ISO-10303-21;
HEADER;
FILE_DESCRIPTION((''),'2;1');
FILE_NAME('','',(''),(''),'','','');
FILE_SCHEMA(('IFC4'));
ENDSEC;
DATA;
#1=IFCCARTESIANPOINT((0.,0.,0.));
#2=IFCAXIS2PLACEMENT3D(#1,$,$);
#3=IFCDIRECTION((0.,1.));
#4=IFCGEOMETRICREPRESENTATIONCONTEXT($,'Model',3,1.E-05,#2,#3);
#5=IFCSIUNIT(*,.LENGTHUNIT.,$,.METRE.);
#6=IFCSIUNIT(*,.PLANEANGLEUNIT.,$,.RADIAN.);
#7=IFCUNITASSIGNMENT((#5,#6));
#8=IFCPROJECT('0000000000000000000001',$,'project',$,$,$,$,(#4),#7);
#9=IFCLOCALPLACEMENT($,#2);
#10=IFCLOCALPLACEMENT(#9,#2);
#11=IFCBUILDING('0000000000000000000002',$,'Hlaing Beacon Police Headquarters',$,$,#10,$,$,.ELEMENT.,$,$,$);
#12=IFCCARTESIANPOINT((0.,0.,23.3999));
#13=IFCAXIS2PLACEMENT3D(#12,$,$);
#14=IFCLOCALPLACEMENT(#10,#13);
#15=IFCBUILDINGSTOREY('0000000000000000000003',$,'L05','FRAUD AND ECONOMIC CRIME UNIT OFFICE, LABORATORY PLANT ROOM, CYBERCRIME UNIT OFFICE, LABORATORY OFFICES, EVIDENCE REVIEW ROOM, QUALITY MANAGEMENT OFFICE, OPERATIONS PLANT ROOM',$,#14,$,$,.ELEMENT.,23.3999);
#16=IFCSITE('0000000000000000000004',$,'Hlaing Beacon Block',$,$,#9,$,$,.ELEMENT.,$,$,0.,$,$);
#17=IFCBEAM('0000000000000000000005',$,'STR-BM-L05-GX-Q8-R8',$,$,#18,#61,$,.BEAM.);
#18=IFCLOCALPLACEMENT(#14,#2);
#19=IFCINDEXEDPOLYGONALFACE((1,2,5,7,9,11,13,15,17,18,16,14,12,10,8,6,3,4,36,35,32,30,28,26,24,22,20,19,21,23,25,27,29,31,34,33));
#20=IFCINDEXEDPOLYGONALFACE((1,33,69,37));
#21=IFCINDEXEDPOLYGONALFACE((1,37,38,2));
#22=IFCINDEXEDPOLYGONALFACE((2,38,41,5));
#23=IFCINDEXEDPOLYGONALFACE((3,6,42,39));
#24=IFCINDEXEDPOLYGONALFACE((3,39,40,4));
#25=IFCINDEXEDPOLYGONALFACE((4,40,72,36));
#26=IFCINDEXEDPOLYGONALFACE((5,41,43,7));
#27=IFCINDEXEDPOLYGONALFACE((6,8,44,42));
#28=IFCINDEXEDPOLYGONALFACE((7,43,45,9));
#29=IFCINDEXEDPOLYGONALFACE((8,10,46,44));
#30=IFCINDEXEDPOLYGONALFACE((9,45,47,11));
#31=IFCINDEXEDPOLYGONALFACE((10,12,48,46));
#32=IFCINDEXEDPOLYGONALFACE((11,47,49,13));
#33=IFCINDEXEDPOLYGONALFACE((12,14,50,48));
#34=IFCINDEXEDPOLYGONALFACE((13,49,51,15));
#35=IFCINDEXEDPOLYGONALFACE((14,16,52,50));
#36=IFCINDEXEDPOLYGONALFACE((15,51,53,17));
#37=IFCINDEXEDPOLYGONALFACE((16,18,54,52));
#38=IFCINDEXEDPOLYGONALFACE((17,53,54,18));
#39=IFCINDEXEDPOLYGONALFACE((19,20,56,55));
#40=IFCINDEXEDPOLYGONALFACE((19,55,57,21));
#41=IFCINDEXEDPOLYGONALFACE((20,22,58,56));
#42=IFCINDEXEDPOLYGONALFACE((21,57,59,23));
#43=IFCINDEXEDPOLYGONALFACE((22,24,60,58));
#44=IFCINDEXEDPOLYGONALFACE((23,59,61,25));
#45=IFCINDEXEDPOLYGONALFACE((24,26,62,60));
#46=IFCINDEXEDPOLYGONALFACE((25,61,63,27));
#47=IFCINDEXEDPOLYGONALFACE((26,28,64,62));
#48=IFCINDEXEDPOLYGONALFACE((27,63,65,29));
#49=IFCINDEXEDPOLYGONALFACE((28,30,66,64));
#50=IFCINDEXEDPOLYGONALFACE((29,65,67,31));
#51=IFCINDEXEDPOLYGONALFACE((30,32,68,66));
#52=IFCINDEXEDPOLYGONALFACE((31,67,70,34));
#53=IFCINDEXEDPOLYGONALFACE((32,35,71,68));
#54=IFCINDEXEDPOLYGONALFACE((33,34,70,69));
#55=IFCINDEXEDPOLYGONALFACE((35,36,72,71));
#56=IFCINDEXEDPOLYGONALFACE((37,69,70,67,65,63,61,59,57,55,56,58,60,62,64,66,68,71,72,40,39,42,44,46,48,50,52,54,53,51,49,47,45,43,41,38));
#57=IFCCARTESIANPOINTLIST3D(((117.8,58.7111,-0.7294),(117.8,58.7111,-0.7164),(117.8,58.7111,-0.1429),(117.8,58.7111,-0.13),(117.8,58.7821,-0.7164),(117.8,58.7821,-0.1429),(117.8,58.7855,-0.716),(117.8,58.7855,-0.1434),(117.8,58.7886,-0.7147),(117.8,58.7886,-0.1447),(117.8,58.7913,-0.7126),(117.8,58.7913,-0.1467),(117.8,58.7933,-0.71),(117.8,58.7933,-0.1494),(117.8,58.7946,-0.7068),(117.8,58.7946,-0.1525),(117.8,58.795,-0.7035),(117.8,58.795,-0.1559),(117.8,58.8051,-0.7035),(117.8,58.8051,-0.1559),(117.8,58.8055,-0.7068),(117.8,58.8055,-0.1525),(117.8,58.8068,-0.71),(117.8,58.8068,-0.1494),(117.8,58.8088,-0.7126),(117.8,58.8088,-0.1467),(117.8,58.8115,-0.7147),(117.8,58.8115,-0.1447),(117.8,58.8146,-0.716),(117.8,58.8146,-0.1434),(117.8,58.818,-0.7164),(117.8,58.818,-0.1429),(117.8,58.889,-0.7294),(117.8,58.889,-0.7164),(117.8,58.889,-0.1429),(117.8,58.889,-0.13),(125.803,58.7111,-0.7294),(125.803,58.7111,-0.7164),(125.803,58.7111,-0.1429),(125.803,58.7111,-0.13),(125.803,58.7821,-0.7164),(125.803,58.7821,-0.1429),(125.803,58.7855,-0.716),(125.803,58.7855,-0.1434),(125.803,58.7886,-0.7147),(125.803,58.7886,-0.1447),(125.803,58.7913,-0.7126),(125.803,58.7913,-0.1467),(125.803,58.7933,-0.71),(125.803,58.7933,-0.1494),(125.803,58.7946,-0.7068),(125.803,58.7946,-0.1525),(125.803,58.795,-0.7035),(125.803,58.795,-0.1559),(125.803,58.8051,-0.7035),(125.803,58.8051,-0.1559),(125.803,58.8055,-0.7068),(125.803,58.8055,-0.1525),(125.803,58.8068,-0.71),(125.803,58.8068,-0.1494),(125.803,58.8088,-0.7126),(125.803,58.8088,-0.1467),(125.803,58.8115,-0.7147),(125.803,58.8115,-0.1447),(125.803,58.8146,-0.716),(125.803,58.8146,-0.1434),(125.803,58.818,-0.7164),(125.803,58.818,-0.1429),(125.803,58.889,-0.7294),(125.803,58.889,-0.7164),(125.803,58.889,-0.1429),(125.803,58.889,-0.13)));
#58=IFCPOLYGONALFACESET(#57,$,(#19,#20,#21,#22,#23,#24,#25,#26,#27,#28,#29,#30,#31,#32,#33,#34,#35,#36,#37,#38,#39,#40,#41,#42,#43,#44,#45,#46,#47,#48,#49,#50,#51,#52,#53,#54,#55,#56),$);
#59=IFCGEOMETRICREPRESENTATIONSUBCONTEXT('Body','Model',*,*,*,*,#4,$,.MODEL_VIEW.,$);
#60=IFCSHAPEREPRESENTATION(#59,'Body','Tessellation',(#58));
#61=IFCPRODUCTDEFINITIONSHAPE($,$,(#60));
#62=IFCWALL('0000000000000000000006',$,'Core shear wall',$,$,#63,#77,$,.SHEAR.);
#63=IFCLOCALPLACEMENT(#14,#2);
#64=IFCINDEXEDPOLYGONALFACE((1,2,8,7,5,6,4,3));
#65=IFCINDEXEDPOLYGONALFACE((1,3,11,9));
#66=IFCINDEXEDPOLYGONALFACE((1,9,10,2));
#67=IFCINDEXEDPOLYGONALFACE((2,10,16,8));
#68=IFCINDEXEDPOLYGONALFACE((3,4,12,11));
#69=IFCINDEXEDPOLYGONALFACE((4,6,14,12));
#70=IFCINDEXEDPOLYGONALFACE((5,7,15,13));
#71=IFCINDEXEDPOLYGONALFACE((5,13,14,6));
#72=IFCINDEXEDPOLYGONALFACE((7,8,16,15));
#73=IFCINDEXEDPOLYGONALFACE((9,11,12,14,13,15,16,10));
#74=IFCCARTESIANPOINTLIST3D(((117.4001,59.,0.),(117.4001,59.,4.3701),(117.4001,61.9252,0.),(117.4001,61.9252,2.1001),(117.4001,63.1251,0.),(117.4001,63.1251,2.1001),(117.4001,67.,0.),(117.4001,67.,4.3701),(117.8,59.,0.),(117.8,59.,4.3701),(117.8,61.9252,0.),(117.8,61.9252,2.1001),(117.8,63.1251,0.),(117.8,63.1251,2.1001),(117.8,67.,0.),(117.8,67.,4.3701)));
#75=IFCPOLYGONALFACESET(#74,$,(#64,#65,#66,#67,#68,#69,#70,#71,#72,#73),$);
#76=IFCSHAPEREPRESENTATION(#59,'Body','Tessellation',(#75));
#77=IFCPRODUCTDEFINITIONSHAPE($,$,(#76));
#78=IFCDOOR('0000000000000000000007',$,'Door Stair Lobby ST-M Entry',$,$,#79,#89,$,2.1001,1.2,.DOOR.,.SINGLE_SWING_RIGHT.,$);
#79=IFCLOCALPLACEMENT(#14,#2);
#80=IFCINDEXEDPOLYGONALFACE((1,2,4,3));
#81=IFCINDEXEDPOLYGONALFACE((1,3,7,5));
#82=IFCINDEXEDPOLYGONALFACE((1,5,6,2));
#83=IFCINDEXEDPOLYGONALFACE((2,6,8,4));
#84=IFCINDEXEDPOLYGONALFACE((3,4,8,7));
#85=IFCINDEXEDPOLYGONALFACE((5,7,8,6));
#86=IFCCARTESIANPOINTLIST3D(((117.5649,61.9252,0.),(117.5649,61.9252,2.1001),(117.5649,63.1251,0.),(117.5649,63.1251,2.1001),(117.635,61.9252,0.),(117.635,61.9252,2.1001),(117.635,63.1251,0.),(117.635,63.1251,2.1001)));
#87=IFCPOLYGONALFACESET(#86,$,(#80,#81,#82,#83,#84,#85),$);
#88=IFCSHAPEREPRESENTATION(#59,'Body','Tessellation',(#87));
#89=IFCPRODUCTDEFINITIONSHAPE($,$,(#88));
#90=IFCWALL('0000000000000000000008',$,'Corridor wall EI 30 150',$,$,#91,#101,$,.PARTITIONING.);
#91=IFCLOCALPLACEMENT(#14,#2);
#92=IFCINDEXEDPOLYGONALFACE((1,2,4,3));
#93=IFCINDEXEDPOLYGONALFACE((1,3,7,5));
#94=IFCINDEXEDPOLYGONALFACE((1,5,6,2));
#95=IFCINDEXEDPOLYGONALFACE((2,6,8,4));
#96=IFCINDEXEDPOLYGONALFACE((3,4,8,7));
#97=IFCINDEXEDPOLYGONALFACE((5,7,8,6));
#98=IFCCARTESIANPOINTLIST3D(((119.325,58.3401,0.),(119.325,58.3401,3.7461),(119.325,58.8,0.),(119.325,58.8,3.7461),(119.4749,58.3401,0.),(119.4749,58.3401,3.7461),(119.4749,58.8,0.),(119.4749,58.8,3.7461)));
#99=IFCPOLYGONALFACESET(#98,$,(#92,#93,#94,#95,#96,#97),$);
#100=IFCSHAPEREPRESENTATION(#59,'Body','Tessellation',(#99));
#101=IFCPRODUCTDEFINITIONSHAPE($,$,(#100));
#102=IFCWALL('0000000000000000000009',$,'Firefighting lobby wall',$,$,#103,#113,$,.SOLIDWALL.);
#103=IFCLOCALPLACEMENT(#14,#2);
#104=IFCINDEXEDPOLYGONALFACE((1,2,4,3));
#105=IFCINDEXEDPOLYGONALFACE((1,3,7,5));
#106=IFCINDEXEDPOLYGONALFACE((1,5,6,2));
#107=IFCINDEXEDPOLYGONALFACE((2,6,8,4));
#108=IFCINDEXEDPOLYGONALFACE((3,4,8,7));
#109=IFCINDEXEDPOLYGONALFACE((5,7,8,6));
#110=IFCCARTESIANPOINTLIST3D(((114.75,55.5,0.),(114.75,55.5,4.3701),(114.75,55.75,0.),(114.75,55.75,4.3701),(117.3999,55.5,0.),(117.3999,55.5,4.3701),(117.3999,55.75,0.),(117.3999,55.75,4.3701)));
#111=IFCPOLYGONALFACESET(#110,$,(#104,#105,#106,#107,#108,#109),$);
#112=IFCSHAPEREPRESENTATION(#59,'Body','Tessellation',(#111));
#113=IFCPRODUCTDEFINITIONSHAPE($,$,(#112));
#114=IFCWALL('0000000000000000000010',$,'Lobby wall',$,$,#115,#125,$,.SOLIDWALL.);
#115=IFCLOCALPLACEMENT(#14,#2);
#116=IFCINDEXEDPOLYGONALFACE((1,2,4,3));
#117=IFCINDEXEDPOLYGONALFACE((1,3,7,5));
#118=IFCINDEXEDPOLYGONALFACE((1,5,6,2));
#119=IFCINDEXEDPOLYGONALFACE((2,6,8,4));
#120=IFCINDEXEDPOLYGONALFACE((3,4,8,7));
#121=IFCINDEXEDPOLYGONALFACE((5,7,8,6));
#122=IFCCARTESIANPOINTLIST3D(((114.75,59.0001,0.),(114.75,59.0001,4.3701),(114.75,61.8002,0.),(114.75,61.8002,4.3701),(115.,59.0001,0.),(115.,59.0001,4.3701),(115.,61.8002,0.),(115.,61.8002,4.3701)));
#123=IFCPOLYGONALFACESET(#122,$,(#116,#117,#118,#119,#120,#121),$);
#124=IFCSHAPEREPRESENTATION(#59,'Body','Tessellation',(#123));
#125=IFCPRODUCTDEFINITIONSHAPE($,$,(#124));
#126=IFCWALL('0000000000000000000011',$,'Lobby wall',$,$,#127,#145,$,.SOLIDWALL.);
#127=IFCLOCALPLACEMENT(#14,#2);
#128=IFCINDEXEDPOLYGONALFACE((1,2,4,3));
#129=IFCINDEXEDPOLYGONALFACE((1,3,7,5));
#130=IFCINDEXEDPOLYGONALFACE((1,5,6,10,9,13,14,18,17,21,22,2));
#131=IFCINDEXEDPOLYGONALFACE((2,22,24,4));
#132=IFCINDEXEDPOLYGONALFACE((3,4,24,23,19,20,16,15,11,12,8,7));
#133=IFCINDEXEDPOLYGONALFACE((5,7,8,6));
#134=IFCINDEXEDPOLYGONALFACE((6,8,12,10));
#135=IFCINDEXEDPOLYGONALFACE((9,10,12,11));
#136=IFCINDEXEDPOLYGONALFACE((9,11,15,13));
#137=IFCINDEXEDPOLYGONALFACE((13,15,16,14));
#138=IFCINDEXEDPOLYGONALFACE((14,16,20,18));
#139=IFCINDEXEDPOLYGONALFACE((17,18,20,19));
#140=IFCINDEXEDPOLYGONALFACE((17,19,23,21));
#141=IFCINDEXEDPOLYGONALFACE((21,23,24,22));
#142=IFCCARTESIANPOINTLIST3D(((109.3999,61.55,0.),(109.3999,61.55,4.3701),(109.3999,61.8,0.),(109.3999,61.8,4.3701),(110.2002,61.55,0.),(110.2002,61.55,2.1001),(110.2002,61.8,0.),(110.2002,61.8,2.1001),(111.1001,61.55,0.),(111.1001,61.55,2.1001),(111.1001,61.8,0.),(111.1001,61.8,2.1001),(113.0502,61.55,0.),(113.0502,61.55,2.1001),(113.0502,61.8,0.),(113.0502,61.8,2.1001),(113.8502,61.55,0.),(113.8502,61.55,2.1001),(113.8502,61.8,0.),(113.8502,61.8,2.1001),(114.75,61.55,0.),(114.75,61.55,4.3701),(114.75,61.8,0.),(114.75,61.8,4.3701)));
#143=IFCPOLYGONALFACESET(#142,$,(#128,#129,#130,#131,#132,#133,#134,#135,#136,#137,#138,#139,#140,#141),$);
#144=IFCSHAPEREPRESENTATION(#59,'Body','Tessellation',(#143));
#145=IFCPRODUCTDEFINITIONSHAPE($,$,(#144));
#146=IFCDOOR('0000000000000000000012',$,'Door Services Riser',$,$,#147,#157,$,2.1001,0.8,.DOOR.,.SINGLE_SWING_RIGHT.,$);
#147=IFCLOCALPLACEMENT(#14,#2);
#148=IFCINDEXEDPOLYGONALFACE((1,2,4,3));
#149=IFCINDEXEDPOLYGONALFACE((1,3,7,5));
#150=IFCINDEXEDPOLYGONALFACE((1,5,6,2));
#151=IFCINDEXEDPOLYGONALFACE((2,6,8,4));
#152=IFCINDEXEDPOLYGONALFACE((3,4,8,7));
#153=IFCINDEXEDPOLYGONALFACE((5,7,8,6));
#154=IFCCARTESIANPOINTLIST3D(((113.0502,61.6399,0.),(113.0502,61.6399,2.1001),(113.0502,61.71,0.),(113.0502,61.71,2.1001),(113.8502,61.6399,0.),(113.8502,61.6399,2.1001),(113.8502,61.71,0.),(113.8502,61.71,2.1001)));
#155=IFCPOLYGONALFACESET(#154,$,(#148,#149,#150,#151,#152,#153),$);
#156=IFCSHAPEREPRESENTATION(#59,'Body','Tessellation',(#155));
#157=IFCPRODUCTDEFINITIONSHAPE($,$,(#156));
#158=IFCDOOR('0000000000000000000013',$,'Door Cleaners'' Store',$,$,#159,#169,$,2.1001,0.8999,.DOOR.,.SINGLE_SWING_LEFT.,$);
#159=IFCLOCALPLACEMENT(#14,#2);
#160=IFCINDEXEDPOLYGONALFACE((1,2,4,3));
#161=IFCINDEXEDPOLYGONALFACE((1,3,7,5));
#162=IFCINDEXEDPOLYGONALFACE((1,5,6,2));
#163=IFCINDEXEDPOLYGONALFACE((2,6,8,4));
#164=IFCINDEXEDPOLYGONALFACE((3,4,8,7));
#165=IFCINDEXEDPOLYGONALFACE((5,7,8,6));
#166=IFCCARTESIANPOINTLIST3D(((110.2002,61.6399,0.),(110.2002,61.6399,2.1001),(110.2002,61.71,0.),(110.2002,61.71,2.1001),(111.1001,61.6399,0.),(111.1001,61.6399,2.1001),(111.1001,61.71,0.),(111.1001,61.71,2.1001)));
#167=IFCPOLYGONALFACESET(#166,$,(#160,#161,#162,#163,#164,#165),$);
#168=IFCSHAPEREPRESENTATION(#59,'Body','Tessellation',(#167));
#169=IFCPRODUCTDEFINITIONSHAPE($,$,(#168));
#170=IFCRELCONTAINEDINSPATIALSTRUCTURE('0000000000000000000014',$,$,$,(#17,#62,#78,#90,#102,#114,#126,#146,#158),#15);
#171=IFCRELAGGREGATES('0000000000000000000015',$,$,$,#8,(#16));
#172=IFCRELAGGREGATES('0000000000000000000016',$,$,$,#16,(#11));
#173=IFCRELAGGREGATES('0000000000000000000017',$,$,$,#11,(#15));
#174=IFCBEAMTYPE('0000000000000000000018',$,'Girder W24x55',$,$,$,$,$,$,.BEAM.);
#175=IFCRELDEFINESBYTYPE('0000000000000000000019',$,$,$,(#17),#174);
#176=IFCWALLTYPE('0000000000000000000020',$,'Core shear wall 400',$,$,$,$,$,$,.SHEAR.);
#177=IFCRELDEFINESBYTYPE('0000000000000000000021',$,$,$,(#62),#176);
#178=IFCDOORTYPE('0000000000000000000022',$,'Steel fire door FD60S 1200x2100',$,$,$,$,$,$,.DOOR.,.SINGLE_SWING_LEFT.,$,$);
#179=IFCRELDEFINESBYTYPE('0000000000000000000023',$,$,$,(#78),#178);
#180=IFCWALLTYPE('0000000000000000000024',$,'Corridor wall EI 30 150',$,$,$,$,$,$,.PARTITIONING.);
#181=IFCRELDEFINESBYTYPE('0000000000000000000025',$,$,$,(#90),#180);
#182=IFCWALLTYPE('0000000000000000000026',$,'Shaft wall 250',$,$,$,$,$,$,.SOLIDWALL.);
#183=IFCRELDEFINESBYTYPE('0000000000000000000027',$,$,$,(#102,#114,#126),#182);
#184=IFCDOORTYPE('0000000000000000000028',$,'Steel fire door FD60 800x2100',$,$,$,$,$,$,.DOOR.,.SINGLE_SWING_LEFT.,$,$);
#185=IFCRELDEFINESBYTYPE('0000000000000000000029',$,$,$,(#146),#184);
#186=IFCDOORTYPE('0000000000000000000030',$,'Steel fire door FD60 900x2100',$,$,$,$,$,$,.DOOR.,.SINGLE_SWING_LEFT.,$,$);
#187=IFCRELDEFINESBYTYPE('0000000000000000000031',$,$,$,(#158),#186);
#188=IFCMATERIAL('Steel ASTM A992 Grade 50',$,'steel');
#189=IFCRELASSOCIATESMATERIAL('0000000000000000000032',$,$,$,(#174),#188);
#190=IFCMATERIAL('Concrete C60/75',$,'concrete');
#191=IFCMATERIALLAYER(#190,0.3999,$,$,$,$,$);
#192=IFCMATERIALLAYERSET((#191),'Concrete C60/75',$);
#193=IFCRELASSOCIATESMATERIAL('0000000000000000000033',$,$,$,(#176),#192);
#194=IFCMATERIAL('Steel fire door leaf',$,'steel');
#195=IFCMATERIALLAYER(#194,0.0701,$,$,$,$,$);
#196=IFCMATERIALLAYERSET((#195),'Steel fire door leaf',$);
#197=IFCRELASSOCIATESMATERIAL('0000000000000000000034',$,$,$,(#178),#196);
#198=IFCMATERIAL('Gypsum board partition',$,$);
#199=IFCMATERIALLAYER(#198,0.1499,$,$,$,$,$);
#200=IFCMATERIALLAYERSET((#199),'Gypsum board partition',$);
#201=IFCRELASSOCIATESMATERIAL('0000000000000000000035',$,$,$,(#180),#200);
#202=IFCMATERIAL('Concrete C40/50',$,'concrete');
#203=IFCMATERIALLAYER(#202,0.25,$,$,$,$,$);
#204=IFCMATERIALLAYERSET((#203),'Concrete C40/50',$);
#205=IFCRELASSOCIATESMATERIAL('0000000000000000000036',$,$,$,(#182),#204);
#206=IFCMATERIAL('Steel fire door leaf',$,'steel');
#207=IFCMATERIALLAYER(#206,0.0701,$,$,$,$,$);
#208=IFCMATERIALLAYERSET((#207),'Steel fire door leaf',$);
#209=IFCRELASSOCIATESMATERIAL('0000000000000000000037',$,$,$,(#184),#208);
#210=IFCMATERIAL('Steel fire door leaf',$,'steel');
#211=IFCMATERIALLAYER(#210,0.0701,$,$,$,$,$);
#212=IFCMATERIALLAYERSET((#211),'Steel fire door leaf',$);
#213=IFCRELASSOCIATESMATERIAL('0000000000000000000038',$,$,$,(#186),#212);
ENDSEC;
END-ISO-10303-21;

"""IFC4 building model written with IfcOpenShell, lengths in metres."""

from ifc_helpers import new_model, si_unit, direction, frame, frame_2d, origin, origin_2d, place, context, subcontext, project, spatial, rectangle, i_section, extrude, material, layer, layer_set, material_profile, profile_set, type_object, element, fill, save


model = new_model("IFC4")

# Units and contexts
model_context = context("Model", 3, precision=1e-05, world=origin(), true_north=direction((0.0, 1.0)))
body_context = subcontext(model_context, "Body", "Model", "MODEL_VIEW")
ifc_project = project(units=[si_unit("LENGTHUNIT", "METRE"), si_unit("PLANEANGLEUNIT", "RADIAN")], contexts=[model_context])

# Site, building, storey
site_placement = place(None, origin())
site = spatial("IfcSite", under=ifc_project, at=site_placement, Name="Hlaing Beacon Block", CompositionType="ELEMENT", RefElevation=0.0)
building_placement = place(site_placement, origin())
building = spatial("IfcBuilding", under=site, at=building_placement, Name="Hlaing Beacon Police Headquarters", CompositionType="ELEMENT")
storey_placement = place(building_placement, frame((0.0, 0.0, 23.3999)))
storey = spatial("IfcBuildingStorey", under=building, at=storey_placement, Name="L05", Description="FRAUD AND ECONOMIC CRIME UNIT OFFICE, LABORATORY PLANT ROOM, CYBERCRIME UNIT OFFICE, LABORATORY OFFICES, EVIDENCE REVIEW ROOM, QUALITY MANAGEMENT OFFICE, OPERATIONS PLANT ROOM", CompositionType="ELEMENT", Elevation=23.3999)

# Beam
ifc_material_1 = material(Name="Steel ASTM A992 Grade 50", Category="steel")
ifc_material_profile = material_profile(ifc_material_1, i_section(OverallWidth=0.178, OverallDepth=0.5994, WebThickness=0.01, FlangeThickness=0.0129, FilletRadius=0.0129, at=origin_2d()), Name="W24x55")
ifc_profile_set = profile_set([ifc_material_profile], Name="Steel ASTM A992 Grade 50")
beam_type = type_object("IfcBeamType", Name="Girder W24x55", PredefinedType="BEAM", material=ifc_profile_set)
beam_placement = place(storey_placement, frame((117.8, 58.8, -0.4297), z_axis=(1.0, 0.0, 0.0), x_axis=(0.0, 1.0, 0.0)))
element("IfcBeam", 1, at=beam_placement, inside=storey, type_object=beam_type, Name="STR-BM-L05-GX-Q8-R8", PredefinedType="BEAM", context=body_context, shape_type="SweptSolid", body=[
    extrude(i_section(OverallWidth=0.178, OverallDepth=0.5994, WebThickness=0.01, FlangeThickness=0.0129, FilletRadius=0.0129, at=origin_2d()), origin(), (0.0, 0.0, 1.0), 8.0029),
])

# Wall, opening, door
ifc_material_2 = material(Name="Concrete C60/75", Category="concrete")
ifc_layer_1 = layer(ifc_material_2, 0.3999)
ifc_layer_set_1 = layer_set([ifc_layer_1], Name="Concrete C60/75")
wall_type_1 = type_object("IfcWallType", Name="Core shear wall 400", PredefinedType="SHEAR", material=ifc_layer_set_1)
wall_1_placement = place(storey_placement, frame((117.6001, 59.0, 0.0), z_axis=(0.0, 0.0, 1.0), x_axis=(0.0, 1.0, 0.0)))
wall_1 = element("IfcWall", 2, at=wall_1_placement, inside=storey, type_object=wall_type_1, Name="Core shear wall", PredefinedType="SHEAR", context=body_context, shape_type="SweptSolid", body=[
    extrude(rectangle(XDim=8.0, YDim=0.3999, at=frame_2d((4.0, 0.0))), origin(), (0.0, 0.0, 1.0), 4.3701),
])
opening_1_placement = place(wall_1_placement, frame((2.925, 0.0, 0.0)))
opening_1 = element("IfcOpeningElement", 3, at=opening_1_placement, cuts=wall_1, PredefinedType="OPENING", context=body_context, shape_type="SweptSolid", body=[
    extrude(rectangle(XDim=1.2, YDim=2.1001, at=frame_2d((0.6001, 1.05))), frame((0.0, 0.21, 0.0), z_axis=(0.0, -1.0, 0.0), x_axis=(1.0, 0.0, 0.0)), (0.0, 0.0, 1.0), 0.4199),
])
ifc_material_3 = material(Name="Steel fire door leaf", Category="steel")
ifc_layer_2 = layer(ifc_material_3, 0.0701)
ifc_layer_set_2 = layer_set([ifc_layer_2], Name="Steel fire door leaf")
door_type_1 = type_object("IfcDoorType", Name="Steel fire door FD60S 1200x2100", OperationType="SINGLE_SWING_LEFT", PredefinedType="DOOR", material=ifc_layer_set_2)
door_1_placement = place(opening_1_placement, origin())
door_1 = element("IfcDoor", 4, at=door_1_placement, inside=storey, type_object=door_type_1, Name="Door Stair Lobby ST-M Entry", OperationType="SINGLE_SWING_RIGHT", OverallHeight=2.1001, OverallWidth=1.2, PredefinedType="DOOR", context=body_context, shape_type="SweptSolid", body=[
    extrude(rectangle(XDim=1.2, YDim=2.1001, at=frame_2d((0.6001, 1.05))), frame((0.0, 0.0352, 0.0), z_axis=(0.0, -1.0, 0.0), x_axis=(1.0, 0.0, 0.0)), (0.0, 0.0, 1.0), 0.0701),
])
fill(opening_1, door_1)

# Walls
ifc_material_4 = material(Name="Gypsum board partition")
ifc_layer_3 = layer(ifc_material_4, 0.1499)
ifc_layer_set_3 = layer_set([ifc_layer_3], Name="Gypsum board partition")
wall_type_2 = type_object("IfcWallType", Name="Corridor wall EI 30 150", PredefinedType="PARTITIONING", material=ifc_layer_set_3)
wall_2_placement = place(storey_placement, frame((119.3999, 58.3401, 0.0), z_axis=(0.0, 0.0, 1.0), x_axis=(0.0, 1.0, 0.0)))
element("IfcWall", 5, at=wall_2_placement, inside=storey, type_object=wall_type_2, Name="Corridor wall EI 30 150", PredefinedType="PARTITIONING", context=body_context, shape_type="SweptSolid", body=[
    extrude(rectangle(XDim=0.46, YDim=0.1499, at=frame_2d((0.23, 0.0))), origin(), (0.0, 0.0, 1.0), 3.7461),
])
ifc_material_5 = material(Name="Concrete C40/50", Category="concrete")
ifc_layer_4 = layer(ifc_material_5, 0.25)
ifc_layer_set_4 = layer_set([ifc_layer_4], Name="Concrete C40/50")
wall_type_3 = type_object("IfcWallType", Name="Shaft wall 250", PredefinedType="SOLIDWALL", material=ifc_layer_set_4)
wall_3_placement = place(storey_placement, frame((114.75, 55.625, 0.0), z_axis=(0.0, 0.0, 1.0), x_axis=(1.0, 0.0, 0.0)))
element("IfcWall", 6, at=wall_3_placement, inside=storey, type_object=wall_type_3, Name="Firefighting lobby wall", PredefinedType="SOLIDWALL", context=body_context, shape_type="SweptSolid", body=[
    extrude(rectangle(XDim=2.6499, YDim=0.25, at=frame_2d((1.325, 0.0))), origin(), (0.0, 0.0, 1.0), 4.3701),
])
wall_4_placement = place(storey_placement, frame((114.875, 61.8, 0.0), z_axis=(0.0, 0.0, 1.0), x_axis=(0.0, -1.0, 0.0)))
element("IfcWall", 7, at=wall_4_placement, inside=storey, type_object=wall_type_3, Name="Lobby wall", PredefinedType="SOLIDWALL", context=body_context, shape_type="SweptSolid", body=[
    extrude(rectangle(XDim=2.8, YDim=0.25, at=frame_2d((1.3999, 0.0))), origin(), (0.0, 0.0, 1.0), 4.3701),
])

# Wall, openings, doors
wall_5_placement = place(storey_placement, frame((114.75, 61.675, 0.0), z_axis=(0.0, 0.0, 1.0), x_axis=(-1.0, 0.0, 0.0)))
wall_5 = element("IfcWall", 8, at=wall_5_placement, inside=storey, type_object=wall_type_3, Name="Lobby wall", PredefinedType="SOLIDWALL", context=body_context, shape_type="SweptSolid", body=[
    extrude(rectangle(XDim=5.3501, YDim=0.25, at=frame_2d((2.675, 0.0))), origin(), (0.0, 0.0, 1.0), 4.3701),
])
opening_2_placement = place(wall_5_placement, frame((3.6499, 0.0, 0.0)))
opening_2 = element("IfcOpeningElement", 9, at=opening_2_placement, cuts=wall_5, PredefinedType="OPENING", context=body_context, shape_type="SweptSolid", body=[
    extrude(rectangle(XDim=0.8999, YDim=2.1001, at=frame_2d((0.45, 1.05))), frame((0.0, 0.135, 0.0), z_axis=(0.0, -1.0, 0.0), x_axis=(1.0, 0.0, 0.0)), (0.0, 0.0, 1.0), 0.27),
])
opening_3_placement = place(wall_5_placement, frame((0.8999, 0.0, 0.0)))
opening_3 = element("IfcOpeningElement", 10, at=opening_3_placement, cuts=wall_5, PredefinedType="OPENING", context=body_context, shape_type="SweptSolid", body=[
    extrude(rectangle(XDim=0.8, YDim=2.1001, at=frame_2d((0.3999, 1.05))), frame((0.0, 0.135, 0.0), z_axis=(0.0, -1.0, 0.0), x_axis=(1.0, 0.0, 0.0)), (0.0, 0.0, 1.0), 0.27),
])
ifc_material_6 = material(Name="Steel fire door leaf", Category="steel")
ifc_layer_5 = layer(ifc_material_6, 0.0701)
ifc_layer_set_5 = layer_set([ifc_layer_5], Name="Steel fire door leaf")
door_type_2 = type_object("IfcDoorType", Name="Steel fire door FD60 800x2100", OperationType="SINGLE_SWING_LEFT", PredefinedType="DOOR", material=ifc_layer_set_5)
door_2_placement = place(opening_3_placement, origin())
door_2 = element("IfcDoor", 11, at=door_2_placement, inside=storey, type_object=door_type_2, Name="Door Services Riser", OperationType="SINGLE_SWING_RIGHT", OverallHeight=2.1001, OverallWidth=0.8, PredefinedType="DOOR", context=body_context, shape_type="SweptSolid", body=[
    extrude(rectangle(XDim=0.8, YDim=2.1001, at=frame_2d((0.3999, 1.05))), frame((0.0, 0.0352, 0.0), z_axis=(0.0, -1.0, 0.0), x_axis=(1.0, 0.0, 0.0)), (0.0, 0.0, 1.0), 0.0701),
])
fill(opening_3, door_2)
ifc_material_7 = material(Name="Steel fire door leaf", Category="steel")
ifc_layer_6 = layer(ifc_material_7, 0.0701)
ifc_layer_set_6 = layer_set([ifc_layer_6], Name="Steel fire door leaf")
door_type_3 = type_object("IfcDoorType", Name="Steel fire door FD60 900x2100", OperationType="SINGLE_SWING_LEFT", PredefinedType="DOOR", material=ifc_layer_set_6)
door_3_placement = place(opening_2_placement, origin())
door_3 = element("IfcDoor", 12, at=door_3_placement, inside=storey, type_object=door_type_3, Name="Door Cleaners' Store", OperationType="SINGLE_SWING_LEFT", OverallHeight=2.1001, OverallWidth=0.8999, PredefinedType="DOOR", context=body_context, shape_type="SweptSolid", body=[
    extrude(rectangle(XDim=0.8999, YDim=2.1001, at=frame_2d((0.45, 1.05))), frame((0.0, 0.0352, 0.0), z_axis=(0.0, -1.0, 0.0), x_axis=(1.0, 0.0, 0.0)), (0.0, 0.0, 1.0), 0.0701),
])
fill(opening_2, door_3)

save(model, "model.ifc")
